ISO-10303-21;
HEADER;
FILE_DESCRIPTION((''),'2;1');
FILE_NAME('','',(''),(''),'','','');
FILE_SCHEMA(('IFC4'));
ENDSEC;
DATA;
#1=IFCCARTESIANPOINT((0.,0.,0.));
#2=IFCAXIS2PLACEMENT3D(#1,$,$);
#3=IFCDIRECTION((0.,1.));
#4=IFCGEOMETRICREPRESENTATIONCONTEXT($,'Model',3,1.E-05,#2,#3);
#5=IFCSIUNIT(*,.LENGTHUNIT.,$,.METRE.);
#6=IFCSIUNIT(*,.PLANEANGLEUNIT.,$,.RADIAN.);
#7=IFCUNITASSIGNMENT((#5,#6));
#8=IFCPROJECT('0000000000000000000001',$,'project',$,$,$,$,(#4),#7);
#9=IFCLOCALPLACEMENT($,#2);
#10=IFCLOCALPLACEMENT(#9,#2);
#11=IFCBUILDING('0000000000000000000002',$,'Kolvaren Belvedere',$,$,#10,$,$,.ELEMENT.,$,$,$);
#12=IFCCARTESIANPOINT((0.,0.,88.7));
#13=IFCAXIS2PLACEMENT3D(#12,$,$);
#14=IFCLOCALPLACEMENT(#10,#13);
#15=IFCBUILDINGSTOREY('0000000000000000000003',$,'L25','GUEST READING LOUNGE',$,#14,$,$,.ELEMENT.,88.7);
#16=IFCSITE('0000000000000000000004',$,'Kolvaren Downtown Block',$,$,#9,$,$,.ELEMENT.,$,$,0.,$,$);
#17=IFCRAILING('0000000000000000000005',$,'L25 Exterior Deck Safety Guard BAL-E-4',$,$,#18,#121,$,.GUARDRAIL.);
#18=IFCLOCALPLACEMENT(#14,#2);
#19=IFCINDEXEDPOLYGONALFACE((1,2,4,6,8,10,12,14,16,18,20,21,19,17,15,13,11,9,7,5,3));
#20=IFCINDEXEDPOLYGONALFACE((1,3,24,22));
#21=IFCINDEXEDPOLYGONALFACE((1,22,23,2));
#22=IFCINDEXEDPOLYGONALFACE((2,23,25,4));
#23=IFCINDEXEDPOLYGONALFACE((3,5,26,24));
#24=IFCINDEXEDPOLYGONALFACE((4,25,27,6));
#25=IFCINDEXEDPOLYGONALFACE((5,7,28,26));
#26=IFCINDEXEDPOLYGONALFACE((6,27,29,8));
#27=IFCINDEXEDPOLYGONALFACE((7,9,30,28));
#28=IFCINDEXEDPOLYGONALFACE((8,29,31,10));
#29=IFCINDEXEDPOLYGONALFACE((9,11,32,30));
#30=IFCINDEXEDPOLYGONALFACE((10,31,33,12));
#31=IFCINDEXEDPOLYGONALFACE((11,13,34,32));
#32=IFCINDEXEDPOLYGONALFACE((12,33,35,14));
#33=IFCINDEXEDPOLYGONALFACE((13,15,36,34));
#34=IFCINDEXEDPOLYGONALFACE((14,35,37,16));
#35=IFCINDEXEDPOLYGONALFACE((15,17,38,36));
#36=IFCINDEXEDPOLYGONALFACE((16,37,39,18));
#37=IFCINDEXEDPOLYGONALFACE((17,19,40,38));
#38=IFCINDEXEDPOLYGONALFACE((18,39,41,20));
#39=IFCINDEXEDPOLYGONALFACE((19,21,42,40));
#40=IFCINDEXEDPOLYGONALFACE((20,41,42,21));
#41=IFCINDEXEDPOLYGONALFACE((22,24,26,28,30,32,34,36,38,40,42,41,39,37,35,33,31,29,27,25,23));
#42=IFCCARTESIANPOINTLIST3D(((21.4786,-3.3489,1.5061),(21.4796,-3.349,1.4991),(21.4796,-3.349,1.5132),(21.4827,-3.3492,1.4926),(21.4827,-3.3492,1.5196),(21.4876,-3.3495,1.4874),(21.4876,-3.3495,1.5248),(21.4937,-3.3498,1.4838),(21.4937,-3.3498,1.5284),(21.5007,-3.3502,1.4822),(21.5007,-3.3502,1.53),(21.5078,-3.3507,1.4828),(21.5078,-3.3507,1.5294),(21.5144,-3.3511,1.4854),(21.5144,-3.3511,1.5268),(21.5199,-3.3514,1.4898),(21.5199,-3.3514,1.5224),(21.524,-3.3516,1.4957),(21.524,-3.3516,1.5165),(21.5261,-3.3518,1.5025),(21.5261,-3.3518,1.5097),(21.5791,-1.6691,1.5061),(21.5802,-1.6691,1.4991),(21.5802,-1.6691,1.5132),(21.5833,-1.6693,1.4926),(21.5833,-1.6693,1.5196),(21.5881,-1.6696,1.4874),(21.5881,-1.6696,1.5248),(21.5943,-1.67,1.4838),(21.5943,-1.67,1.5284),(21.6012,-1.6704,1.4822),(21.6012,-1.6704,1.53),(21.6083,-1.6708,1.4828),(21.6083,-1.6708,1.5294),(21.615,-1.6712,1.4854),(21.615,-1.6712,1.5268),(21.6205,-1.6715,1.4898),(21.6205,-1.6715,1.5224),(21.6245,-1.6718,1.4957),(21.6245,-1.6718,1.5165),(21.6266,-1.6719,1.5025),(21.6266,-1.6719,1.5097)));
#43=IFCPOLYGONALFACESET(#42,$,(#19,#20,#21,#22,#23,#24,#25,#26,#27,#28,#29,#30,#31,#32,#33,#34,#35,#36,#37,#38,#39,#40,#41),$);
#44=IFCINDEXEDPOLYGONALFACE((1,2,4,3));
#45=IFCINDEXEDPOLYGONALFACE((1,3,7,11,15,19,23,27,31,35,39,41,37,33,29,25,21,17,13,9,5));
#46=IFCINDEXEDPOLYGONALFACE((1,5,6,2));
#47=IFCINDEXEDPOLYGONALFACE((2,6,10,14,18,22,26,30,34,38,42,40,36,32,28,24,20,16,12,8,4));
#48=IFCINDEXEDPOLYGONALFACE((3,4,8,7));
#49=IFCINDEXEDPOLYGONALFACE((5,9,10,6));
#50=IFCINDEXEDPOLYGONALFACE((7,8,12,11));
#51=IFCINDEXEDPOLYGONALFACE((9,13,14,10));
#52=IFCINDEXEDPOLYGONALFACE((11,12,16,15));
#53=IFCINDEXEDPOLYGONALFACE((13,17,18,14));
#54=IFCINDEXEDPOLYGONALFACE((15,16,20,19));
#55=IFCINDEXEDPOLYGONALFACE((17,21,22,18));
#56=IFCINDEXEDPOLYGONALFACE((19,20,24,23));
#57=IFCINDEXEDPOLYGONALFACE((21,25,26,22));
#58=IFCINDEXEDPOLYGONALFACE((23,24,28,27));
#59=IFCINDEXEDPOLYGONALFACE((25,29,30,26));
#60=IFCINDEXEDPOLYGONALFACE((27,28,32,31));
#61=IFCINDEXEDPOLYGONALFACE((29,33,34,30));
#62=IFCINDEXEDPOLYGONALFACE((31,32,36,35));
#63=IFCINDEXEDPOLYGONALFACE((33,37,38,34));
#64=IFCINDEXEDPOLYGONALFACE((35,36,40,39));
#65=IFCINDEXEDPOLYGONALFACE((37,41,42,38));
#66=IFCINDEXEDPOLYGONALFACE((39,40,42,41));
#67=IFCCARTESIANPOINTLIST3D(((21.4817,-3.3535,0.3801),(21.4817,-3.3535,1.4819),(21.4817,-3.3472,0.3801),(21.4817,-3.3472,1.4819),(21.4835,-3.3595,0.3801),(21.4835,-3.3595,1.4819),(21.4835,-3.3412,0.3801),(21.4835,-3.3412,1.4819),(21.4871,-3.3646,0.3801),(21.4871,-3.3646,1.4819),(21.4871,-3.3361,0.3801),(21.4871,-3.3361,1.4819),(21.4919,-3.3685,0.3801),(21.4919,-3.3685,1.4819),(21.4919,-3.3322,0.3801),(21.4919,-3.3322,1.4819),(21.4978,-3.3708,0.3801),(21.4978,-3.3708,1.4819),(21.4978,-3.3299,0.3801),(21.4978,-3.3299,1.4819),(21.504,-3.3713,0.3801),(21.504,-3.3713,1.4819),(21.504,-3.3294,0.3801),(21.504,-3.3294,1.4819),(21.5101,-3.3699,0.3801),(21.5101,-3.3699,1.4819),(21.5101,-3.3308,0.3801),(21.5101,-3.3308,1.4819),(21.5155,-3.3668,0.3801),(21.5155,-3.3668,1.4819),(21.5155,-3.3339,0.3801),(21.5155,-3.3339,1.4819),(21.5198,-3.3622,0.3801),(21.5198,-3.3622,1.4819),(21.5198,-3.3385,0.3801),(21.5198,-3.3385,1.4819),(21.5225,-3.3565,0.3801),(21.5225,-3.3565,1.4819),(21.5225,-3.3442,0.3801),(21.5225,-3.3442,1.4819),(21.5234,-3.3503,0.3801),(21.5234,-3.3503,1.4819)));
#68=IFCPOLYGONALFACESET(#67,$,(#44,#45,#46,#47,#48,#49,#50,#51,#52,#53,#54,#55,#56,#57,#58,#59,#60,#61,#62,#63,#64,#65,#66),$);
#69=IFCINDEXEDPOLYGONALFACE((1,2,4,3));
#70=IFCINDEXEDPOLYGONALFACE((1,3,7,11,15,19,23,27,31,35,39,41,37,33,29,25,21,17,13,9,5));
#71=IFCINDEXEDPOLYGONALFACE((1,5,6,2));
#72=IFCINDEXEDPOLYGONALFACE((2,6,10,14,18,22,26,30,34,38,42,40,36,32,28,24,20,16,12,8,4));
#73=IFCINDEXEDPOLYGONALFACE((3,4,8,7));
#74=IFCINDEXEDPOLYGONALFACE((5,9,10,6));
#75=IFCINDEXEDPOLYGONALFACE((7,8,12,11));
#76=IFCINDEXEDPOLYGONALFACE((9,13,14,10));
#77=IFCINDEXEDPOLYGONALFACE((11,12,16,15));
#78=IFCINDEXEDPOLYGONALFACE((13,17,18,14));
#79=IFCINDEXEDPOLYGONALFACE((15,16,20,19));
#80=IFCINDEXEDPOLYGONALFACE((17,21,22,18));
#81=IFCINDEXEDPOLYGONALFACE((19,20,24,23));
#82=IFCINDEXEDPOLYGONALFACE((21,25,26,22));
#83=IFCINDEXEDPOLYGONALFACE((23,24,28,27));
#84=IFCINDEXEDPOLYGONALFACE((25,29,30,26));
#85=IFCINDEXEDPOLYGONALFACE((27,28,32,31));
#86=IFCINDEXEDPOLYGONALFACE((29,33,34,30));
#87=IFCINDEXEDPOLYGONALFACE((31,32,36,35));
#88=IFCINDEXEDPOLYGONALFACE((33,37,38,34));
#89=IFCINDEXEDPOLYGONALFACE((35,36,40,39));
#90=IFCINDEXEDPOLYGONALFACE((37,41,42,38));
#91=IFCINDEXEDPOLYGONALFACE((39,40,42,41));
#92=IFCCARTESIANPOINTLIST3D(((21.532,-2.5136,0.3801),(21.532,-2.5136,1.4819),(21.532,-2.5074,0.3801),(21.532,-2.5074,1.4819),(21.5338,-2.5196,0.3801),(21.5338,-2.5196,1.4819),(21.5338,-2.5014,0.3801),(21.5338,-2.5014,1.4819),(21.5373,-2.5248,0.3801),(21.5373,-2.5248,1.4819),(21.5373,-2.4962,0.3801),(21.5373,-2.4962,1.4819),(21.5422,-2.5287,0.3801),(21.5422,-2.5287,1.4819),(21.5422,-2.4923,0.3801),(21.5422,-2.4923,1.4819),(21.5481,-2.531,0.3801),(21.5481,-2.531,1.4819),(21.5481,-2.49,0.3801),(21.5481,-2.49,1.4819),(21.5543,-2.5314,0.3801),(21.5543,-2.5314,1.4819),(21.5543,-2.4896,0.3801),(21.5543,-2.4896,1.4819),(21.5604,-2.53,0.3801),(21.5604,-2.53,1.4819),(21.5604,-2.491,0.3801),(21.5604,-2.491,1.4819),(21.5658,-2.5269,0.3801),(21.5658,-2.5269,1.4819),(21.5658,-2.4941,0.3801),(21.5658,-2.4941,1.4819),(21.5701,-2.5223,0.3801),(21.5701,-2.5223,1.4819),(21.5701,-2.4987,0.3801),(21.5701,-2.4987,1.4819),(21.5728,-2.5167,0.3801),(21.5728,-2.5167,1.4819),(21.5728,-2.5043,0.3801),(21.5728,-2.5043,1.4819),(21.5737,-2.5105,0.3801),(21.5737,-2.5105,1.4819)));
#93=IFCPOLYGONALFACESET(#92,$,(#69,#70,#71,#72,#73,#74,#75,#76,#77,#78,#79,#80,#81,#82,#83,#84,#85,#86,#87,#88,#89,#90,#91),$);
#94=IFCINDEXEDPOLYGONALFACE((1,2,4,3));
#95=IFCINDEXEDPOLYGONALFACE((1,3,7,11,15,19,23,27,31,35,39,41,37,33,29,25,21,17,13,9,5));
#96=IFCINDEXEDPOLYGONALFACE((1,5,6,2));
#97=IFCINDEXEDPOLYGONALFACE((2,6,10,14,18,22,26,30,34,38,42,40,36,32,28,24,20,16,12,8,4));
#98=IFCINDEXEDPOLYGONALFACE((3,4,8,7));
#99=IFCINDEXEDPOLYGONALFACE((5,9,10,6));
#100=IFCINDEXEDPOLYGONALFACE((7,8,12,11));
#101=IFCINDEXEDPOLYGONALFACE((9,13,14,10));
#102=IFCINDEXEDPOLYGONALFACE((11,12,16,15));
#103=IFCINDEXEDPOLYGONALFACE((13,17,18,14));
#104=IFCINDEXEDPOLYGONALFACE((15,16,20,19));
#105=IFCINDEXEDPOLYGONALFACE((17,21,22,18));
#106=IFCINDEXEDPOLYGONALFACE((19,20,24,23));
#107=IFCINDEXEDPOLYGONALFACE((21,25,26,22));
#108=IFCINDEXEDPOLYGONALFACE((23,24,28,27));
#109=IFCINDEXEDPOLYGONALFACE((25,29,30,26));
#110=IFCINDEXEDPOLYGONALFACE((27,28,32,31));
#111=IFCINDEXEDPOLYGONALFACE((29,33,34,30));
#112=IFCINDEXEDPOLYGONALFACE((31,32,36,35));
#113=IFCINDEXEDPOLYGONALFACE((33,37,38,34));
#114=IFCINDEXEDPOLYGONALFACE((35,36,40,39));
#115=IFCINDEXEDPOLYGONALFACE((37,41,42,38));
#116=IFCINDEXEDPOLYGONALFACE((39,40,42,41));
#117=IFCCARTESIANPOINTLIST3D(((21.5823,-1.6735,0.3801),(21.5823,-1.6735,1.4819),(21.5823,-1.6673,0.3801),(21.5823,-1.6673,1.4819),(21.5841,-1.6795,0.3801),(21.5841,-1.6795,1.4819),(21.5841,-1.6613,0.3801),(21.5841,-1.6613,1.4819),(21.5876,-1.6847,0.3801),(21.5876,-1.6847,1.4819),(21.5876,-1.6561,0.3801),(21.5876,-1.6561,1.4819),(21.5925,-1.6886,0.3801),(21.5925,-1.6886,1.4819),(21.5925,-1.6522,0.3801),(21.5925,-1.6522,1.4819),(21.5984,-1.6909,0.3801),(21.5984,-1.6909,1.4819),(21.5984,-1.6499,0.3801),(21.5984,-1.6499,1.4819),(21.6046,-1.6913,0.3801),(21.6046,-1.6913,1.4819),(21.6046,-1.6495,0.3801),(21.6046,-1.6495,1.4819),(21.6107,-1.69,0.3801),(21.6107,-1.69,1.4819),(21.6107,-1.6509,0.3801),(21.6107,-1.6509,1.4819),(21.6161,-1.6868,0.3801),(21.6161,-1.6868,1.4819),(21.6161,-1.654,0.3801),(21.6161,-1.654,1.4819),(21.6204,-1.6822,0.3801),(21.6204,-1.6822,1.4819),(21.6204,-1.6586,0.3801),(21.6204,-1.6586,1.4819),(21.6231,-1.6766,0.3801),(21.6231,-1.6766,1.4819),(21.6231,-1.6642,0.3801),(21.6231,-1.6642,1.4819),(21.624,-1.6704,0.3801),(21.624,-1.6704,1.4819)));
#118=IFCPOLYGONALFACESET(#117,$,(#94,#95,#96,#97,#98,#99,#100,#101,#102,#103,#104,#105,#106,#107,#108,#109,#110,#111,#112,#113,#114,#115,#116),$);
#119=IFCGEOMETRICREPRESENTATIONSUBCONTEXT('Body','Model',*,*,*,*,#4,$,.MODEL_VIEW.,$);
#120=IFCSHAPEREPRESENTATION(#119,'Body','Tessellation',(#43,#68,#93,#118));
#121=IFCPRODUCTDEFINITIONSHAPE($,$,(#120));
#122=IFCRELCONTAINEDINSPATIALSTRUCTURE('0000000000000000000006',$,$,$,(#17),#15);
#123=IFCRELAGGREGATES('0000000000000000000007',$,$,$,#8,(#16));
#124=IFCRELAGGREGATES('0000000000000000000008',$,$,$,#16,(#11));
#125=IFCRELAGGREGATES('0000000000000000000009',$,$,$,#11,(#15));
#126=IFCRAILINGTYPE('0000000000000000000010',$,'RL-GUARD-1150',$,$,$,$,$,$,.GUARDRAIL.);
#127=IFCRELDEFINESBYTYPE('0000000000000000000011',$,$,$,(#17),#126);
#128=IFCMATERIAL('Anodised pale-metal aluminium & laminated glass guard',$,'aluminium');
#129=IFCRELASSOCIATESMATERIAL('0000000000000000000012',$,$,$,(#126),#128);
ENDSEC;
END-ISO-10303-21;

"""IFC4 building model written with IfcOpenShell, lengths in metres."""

from ifc_helpers import new_model, si_unit, direction, frame, origin, origin_2d, place, context, subcontext, project, spatial, circle, extrude, material, type_object, element, save


model = new_model("IFC4")

# Units and contexts
model_context = context("Model", 3, precision=1e-05, world=origin(), true_north=direction((0.0, 1.0)))
body_context = subcontext(model_context, "Body", "Model", "MODEL_VIEW")
ifc_project = project(units=[si_unit("LENGTHUNIT", "METRE"), si_unit("PLANEANGLEUNIT", "RADIAN")], contexts=[model_context])

# Site, building, storey
site_placement = place(None, origin())
site = spatial("IfcSite", under=ifc_project, at=site_placement, Name="Kolvaren Downtown Block", CompositionType="ELEMENT", RefElevation=0.0)
building_placement = place(site_placement, origin())
building = spatial("IfcBuilding", under=site, at=building_placement, Name="Kolvaren Belvedere", CompositionType="ELEMENT")
storey_placement = place(building_placement, frame((0.0, 0.0, 88.7)))
storey = spatial("IfcBuildingStorey", under=building, at=storey_placement, Name="L25", Description="GUEST READING LOUNGE", CompositionType="ELEMENT", Elevation=88.7)

# Railing
ifc_material_1 = material(Name="Anodised pale-metal aluminium & laminated glass guard", Category="aluminium")
railing_type = type_object("IfcRailingType", Name="RL-GUARD-1150", PredefinedType="GUARDRAIL", material=ifc_material_1)
railing_1_placement = place(storey_placement, frame((21.5024, -3.3503, 0.3801)))
element("IfcRailing", 1, at=railing_1_placement, inside=storey, type_object=railing_type, Name="L25 Exterior Deck Safety Guard BAL-E-4", PredefinedType="GUARDRAIL", context=body_context, shape_type="SweptSolid", body=[
    extrude(circle(Radius=0.0239, at=origin_2d()), frame((0.0, 0.0, 1.126), z_axis=(0.059768, 0.998212, 0.0), x_axis=(-0.998212, 0.059768, 0.0)), (0.0, 0.0, 1.0), 1.6829),
    extrude(circle(Radius=0.021, at=origin_2d()), origin(), (0.0, 0.0, 1.0), 1.1018),
    extrude(circle(Radius=0.021, at=origin_2d()), frame((0.0503, 0.8398, 0.0)), (0.0, 0.0, 1.0), 1.1018),
    extrude(circle(Radius=0.021, at=origin_2d()), frame((0.1006, 1.6799, 0.0)), (0.0, 0.0, 1.0), 1.1018),
])

save(model, "model.ifc")
